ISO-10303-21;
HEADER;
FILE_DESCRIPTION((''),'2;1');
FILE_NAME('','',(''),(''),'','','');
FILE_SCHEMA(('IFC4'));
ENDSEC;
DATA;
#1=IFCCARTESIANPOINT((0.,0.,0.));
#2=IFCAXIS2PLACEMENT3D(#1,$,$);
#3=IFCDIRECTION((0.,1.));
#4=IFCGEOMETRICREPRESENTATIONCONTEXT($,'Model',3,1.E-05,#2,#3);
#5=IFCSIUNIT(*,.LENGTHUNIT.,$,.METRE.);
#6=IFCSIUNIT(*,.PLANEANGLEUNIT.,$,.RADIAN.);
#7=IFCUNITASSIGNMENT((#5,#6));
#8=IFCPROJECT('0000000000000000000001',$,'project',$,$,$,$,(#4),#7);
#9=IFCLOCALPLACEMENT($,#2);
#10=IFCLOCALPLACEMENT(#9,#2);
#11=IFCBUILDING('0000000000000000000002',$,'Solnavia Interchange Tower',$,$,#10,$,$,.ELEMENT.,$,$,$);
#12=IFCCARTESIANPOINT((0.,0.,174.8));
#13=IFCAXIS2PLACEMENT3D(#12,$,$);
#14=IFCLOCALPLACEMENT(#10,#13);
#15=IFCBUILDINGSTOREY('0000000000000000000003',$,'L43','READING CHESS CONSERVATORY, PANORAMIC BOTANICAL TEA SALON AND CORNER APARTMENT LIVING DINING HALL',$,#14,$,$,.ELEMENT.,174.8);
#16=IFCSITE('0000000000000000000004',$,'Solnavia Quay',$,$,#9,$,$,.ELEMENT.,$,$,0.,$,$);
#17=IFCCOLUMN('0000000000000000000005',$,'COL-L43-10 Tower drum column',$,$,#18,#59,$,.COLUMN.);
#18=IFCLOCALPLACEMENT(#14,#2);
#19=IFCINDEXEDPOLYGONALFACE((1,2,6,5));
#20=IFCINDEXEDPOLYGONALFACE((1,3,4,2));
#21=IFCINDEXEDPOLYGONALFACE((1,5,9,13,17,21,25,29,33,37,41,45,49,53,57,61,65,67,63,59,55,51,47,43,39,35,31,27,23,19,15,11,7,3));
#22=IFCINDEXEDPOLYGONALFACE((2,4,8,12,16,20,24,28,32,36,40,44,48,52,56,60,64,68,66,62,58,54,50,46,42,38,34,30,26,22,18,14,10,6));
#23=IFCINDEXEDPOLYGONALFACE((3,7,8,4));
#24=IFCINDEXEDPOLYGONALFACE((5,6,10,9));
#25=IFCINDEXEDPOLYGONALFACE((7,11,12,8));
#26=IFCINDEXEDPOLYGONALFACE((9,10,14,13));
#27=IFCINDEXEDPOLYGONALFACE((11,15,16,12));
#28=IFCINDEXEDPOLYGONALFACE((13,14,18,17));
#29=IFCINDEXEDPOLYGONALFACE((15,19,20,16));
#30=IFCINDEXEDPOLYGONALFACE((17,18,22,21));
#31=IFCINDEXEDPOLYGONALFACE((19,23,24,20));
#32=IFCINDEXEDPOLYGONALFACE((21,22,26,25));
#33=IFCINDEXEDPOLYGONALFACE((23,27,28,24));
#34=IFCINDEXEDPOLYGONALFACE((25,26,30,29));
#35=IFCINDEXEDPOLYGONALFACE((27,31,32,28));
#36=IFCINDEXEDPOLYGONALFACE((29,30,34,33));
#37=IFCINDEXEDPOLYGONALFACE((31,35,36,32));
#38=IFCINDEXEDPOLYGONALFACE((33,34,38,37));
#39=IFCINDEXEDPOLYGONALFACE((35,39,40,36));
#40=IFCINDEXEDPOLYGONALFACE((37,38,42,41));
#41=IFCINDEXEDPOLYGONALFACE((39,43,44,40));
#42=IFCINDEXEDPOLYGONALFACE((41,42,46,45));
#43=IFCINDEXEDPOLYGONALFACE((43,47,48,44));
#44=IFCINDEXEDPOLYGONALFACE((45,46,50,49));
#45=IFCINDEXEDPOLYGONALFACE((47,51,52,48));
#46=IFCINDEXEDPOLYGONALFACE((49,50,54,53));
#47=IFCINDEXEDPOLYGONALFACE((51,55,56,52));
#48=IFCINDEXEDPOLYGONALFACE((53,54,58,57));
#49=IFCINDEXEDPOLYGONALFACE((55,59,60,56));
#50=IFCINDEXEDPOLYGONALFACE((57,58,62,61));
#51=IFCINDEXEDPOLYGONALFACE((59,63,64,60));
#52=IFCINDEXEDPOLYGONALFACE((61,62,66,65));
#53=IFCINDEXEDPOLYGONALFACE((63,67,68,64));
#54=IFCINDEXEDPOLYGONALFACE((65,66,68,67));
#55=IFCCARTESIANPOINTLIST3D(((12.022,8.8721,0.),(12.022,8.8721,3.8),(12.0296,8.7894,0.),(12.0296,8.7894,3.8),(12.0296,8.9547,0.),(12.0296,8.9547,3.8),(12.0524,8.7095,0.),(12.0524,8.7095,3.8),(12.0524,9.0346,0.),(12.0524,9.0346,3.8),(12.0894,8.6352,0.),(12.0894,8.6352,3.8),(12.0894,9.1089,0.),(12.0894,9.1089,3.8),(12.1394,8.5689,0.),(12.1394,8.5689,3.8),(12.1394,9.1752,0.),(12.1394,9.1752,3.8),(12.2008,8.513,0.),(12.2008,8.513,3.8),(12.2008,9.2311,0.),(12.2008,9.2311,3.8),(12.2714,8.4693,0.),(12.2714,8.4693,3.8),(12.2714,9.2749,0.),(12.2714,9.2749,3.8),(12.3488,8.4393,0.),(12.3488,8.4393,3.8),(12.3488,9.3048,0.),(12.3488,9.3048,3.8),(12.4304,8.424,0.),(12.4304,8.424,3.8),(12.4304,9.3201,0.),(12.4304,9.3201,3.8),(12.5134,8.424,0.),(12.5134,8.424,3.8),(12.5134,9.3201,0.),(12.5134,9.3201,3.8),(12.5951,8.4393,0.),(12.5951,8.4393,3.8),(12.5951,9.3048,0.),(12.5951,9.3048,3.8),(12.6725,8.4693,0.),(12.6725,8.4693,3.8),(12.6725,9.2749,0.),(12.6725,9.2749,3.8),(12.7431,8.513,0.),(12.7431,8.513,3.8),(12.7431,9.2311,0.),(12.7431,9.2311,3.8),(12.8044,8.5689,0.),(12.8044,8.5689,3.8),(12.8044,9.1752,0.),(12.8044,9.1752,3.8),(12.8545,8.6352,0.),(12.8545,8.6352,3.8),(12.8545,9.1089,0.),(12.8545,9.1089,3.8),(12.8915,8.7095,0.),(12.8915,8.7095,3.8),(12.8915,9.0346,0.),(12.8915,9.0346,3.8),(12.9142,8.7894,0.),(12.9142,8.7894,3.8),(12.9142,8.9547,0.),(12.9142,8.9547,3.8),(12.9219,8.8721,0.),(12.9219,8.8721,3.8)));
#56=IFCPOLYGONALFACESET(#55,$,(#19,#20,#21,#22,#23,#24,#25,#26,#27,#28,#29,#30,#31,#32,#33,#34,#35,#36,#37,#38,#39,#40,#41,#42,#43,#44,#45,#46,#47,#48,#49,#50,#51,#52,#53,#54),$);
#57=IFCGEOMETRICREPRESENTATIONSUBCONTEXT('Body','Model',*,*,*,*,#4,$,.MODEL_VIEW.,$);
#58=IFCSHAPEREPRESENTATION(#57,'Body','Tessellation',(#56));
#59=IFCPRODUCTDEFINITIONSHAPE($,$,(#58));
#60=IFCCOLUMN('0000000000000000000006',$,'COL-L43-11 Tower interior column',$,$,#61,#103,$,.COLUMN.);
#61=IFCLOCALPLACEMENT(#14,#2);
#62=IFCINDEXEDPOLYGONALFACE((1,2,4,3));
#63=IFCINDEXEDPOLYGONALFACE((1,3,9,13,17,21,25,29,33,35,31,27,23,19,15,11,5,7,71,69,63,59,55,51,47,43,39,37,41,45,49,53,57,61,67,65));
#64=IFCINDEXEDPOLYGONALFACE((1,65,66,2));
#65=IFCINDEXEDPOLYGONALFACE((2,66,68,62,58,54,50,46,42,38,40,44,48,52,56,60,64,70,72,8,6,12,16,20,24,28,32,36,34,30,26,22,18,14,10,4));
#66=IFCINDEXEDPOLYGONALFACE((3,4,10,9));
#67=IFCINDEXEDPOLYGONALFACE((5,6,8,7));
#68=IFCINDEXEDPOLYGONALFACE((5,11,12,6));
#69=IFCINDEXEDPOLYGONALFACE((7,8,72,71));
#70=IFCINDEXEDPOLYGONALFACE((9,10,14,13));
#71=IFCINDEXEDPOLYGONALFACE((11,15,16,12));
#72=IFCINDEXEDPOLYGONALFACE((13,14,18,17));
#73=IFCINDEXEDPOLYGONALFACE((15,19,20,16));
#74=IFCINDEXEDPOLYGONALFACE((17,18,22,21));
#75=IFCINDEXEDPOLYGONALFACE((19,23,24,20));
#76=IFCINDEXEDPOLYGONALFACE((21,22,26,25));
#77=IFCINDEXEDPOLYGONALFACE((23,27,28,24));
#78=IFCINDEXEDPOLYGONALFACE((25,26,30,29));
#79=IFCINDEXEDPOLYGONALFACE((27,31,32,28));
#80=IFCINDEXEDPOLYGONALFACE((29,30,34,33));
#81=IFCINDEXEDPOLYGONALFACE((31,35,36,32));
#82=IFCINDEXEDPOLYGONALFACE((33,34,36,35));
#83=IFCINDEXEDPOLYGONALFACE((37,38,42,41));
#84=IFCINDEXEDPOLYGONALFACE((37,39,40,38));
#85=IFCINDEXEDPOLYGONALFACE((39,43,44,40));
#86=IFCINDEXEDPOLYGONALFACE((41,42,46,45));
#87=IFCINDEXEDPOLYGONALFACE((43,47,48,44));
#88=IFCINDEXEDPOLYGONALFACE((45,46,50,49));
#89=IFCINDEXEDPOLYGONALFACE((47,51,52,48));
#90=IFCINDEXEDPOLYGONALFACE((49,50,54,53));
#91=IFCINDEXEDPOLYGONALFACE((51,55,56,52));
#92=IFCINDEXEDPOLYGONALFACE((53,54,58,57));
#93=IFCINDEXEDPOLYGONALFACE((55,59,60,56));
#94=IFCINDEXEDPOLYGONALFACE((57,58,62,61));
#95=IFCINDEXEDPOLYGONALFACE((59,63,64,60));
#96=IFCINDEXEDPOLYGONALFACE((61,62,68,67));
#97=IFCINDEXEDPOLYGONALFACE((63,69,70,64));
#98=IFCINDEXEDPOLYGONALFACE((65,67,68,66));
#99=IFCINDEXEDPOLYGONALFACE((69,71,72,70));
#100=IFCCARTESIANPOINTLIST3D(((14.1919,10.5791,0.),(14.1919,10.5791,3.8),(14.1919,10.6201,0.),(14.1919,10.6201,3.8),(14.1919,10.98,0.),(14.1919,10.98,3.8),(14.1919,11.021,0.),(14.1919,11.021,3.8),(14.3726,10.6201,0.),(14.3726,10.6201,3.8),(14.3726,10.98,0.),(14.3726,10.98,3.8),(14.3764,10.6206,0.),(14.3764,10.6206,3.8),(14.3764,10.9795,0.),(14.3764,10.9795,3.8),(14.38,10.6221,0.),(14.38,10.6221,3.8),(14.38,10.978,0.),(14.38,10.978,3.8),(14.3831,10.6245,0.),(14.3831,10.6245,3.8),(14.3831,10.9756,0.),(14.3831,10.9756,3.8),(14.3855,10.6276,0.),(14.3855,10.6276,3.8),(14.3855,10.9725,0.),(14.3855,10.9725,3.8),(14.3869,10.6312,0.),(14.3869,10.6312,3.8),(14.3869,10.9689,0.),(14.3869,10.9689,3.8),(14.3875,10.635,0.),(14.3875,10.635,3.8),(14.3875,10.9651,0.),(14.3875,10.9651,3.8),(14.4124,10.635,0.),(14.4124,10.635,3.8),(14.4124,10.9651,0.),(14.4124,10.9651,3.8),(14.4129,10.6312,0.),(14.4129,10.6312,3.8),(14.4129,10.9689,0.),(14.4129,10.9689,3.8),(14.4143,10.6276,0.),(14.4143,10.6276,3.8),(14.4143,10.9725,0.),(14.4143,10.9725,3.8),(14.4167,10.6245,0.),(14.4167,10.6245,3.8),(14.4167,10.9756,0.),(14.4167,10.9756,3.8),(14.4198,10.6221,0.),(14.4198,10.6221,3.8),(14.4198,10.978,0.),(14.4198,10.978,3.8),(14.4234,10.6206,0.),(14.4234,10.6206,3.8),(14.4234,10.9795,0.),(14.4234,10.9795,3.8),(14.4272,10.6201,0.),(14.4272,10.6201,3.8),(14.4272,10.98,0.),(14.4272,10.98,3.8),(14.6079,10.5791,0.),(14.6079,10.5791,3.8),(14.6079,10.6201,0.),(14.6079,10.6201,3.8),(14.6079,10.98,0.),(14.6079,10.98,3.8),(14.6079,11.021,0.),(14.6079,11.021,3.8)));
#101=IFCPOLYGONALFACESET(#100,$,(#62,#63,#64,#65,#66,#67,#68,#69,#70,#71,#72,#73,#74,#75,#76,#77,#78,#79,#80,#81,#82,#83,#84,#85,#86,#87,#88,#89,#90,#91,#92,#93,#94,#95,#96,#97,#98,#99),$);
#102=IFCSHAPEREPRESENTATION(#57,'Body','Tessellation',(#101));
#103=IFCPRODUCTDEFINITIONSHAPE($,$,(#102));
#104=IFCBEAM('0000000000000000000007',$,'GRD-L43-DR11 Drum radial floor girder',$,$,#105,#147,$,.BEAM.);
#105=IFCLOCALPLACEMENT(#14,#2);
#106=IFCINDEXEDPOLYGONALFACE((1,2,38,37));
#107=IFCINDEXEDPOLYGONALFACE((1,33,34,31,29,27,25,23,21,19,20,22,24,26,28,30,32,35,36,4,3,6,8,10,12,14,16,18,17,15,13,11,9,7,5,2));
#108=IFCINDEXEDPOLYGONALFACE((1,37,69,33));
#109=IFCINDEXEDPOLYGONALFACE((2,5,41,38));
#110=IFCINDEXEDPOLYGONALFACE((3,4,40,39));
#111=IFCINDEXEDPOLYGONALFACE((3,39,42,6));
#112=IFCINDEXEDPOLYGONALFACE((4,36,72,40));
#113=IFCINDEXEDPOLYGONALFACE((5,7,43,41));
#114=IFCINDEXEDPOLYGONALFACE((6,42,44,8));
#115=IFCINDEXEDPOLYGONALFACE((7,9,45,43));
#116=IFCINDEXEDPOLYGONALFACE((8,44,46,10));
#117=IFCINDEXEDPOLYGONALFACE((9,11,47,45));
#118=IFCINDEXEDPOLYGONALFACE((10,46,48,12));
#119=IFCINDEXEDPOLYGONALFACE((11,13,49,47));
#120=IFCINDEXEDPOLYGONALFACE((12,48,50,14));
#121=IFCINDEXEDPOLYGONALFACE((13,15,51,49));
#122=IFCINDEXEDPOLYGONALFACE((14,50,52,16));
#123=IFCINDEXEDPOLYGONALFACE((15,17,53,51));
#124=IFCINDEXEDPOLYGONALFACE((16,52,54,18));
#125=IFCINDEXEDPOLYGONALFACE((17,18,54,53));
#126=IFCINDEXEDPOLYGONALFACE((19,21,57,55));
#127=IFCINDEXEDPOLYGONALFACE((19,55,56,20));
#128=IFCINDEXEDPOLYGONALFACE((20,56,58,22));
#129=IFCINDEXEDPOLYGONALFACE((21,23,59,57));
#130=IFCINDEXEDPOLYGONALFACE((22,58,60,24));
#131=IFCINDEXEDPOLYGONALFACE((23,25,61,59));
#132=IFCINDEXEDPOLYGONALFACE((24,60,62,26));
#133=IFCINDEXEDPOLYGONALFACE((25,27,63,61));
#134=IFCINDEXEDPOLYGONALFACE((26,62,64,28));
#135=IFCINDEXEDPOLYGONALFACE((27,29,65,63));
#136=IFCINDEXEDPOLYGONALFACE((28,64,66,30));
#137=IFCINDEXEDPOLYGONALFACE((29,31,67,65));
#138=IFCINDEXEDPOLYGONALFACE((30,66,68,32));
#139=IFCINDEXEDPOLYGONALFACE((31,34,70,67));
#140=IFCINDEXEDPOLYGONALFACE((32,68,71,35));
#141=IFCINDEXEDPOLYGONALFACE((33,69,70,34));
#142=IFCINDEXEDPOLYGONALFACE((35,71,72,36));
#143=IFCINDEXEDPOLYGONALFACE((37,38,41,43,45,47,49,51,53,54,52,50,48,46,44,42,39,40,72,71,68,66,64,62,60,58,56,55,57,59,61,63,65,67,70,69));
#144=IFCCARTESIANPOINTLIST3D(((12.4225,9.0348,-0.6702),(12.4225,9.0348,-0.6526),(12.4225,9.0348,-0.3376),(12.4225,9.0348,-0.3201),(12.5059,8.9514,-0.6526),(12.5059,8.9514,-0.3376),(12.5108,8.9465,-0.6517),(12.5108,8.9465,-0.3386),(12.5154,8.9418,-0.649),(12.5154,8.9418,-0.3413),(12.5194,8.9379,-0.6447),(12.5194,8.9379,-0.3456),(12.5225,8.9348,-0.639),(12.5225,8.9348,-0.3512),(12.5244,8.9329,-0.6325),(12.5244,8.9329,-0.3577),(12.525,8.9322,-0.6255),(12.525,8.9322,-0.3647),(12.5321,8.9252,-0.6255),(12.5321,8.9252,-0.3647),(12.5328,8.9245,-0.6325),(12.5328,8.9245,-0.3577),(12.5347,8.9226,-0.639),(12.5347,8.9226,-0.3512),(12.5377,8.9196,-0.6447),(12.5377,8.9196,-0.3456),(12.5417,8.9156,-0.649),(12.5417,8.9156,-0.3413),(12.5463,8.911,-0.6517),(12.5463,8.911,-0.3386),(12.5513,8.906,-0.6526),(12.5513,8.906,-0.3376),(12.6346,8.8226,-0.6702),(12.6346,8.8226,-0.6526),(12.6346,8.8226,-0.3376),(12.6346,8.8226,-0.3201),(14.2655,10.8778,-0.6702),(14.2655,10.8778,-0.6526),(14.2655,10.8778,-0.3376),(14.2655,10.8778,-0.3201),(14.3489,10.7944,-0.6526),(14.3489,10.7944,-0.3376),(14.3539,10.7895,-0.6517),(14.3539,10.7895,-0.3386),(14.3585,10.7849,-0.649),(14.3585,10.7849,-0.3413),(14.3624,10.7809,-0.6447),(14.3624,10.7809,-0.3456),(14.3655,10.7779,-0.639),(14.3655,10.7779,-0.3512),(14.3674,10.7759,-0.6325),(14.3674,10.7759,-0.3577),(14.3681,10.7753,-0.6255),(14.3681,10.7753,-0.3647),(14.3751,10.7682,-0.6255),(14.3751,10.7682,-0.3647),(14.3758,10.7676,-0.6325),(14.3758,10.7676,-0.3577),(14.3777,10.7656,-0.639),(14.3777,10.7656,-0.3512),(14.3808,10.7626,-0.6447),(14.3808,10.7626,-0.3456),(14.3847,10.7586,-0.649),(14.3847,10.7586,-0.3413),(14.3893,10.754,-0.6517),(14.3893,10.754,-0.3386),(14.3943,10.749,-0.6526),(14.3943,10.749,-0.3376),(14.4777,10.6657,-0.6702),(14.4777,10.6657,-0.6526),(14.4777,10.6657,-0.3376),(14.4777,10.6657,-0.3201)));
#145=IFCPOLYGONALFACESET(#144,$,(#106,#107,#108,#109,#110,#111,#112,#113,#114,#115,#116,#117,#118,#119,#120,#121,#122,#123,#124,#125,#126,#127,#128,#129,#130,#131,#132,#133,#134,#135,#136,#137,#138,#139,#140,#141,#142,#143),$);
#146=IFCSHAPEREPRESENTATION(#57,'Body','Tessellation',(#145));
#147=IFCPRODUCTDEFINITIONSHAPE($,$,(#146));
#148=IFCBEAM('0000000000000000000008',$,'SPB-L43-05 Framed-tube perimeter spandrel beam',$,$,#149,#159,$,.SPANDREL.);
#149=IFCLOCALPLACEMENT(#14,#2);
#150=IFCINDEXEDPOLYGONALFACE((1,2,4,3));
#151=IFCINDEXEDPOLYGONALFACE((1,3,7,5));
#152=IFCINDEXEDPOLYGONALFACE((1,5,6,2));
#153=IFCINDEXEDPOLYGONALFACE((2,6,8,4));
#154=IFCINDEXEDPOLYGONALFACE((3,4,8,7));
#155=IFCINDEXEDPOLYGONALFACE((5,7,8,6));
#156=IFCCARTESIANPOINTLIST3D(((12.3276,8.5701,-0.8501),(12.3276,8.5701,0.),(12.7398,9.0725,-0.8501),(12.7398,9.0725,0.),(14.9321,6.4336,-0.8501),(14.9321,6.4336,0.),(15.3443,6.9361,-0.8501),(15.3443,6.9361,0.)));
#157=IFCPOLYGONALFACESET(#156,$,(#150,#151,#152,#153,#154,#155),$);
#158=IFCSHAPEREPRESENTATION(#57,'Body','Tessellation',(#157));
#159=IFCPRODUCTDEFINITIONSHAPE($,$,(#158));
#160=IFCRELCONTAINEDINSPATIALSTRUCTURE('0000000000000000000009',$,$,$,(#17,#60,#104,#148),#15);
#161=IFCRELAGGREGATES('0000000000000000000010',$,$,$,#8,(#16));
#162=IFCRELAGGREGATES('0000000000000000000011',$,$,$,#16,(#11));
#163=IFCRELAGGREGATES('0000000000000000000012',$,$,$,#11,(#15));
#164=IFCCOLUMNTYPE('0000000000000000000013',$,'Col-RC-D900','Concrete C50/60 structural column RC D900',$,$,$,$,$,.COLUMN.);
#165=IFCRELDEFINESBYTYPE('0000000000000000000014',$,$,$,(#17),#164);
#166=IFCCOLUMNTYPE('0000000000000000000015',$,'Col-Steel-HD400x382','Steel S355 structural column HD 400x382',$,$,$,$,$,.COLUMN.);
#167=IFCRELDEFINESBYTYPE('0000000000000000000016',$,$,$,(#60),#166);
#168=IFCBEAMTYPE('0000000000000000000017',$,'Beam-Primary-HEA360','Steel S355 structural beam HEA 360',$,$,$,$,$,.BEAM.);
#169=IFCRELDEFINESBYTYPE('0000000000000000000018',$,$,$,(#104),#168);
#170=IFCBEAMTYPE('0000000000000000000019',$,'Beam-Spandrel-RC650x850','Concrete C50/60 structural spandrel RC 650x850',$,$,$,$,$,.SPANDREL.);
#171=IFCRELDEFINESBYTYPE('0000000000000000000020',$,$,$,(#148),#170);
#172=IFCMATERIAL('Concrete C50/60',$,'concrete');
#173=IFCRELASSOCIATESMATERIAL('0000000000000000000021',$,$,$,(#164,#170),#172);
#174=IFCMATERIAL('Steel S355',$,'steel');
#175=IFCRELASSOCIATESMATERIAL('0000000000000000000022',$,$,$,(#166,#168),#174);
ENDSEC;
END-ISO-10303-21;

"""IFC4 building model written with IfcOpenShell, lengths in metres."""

from ifc_helpers import new_model, si_unit, direction, frame, origin, origin_2d, place, context, subcontext, project, spatial, rectangle, circle, i_section, extrude, material, material_profile, profile_set, type_object, element, save


model = new_model("IFC4")

# Units and contexts
model_context = context("Model", 3, precision=1e-05, world=origin(), true_north=direction((0.0, 1.0)))
body_context = subcontext(model_context, "Body", "Model", "MODEL_VIEW")
ifc_project = project(units=[si_unit("LENGTHUNIT", "METRE"), si_unit("PLANEANGLEUNIT", "RADIAN")], contexts=[model_context])

# Site, building, storey
site_placement = place(None, origin())
site = spatial("IfcSite", under=ifc_project, at=site_placement, Name="Solnavia Quay", CompositionType="ELEMENT", RefElevation=0.0)
building_placement = place(site_placement, origin())
building = spatial("IfcBuilding", under=site, at=building_placement, Name="Solnavia Interchange Tower", CompositionType="ELEMENT")
storey_placement = place(building_placement, frame((0.0, 0.0, 174.8)))
storey = spatial("IfcBuildingStorey", under=building, at=storey_placement, Name="L43", Description="READING CHESS CONSERVATORY, PANORAMIC BOTANICAL TEA SALON AND CORNER APARTMENT LIVING DINING HALL", CompositionType="ELEMENT", Elevation=174.8)

# Columns
ifc_material_1 = material(Name="Concrete C50/60", Category="concrete")
ifc_material_profile_1 = material_profile(ifc_material_1, circle(Radius=0.45, at=origin_2d()), Name="RC D900")
ifc_profile_set_1 = profile_set([ifc_material_profile_1], Name="Concrete C50/60")
column_type_1 = type_object("IfcColumnType", Name="Col-RC-D900", Description="Concrete C50/60 structural column RC D900", PredefinedType="COLUMN", material=ifc_profile_set_1)
column_1_placement = place(storey_placement, frame((12.4719, 8.8721, 0.0), z_axis=(0.0, 0.0, 1.0), x_axis=(1.0, 0.0, 0.0)))
element("IfcColumn", 1, at=column_1_placement, inside=storey, type_object=column_type_1, Name="COL-L43-10 Tower drum column", PredefinedType="COLUMN", context=body_context, shape_type="SweptSolid", body=[
    extrude(circle(Radius=0.45, at=origin_2d()), origin(), (0.0, 0.0, 1.0), 3.8),
])
ifc_material_2 = material(Name="Steel S355", Category="steel")
ifc_material_profile_2 = material_profile(ifc_material_2, i_section(OverallWidth=0.416, OverallDepth=0.4419, WebThickness=0.0249, FlangeThickness=0.041, FilletRadius=0.0149, at=origin_2d()), Name="HD 400x382")
ifc_profile_set_2 = profile_set([ifc_material_profile_2], Name="Steel S355")
column_type_2 = type_object("IfcColumnType", Name="Col-Steel-HD400x382", Description="Steel S355 structural column HD 400x382", PredefinedType="COLUMN", material=ifc_profile_set_2)
column_2_placement = place(storey_placement, frame((14.3999, 10.8, 0.0), z_axis=(0.0, 0.0, 1.0), x_axis=(1.0, 0.0, 0.0)))
element("IfcColumn", 2, at=column_2_placement, inside=storey, type_object=column_type_2, Name="COL-L43-11 Tower interior column", PredefinedType="COLUMN", context=body_context, shape_type="SweptSolid", body=[
    extrude(i_section(OverallWidth=0.416, OverallDepth=0.4419, WebThickness=0.0249, FlangeThickness=0.041, FilletRadius=0.0149, at=origin_2d()), origin(), (0.0, 0.0, 1.0), 3.8),
])

# Beams
ifc_material_profile_3 = material_profile(ifc_material_2, i_section(OverallWidth=0.3, OverallDepth=0.3501, WebThickness=0.01, FlangeThickness=0.0176, FilletRadius=0.0271, at=origin_2d()), Name="HEA 360")
ifc_profile_set_3 = profile_set([ifc_material_profile_3], Name="Steel S355")
beam_type_1 = type_object("IfcBeamType", Name="Beam-Primary-HEA360", Description="Steel S355 structural beam HEA 360", PredefinedType="BEAM", material=ifc_profile_set_3)
beam_1_placement = place(storey_placement, frame((12.5286, 8.9287, -0.4951), z_axis=(0.707107, 0.707107, 0.0), x_axis=(-0.707107, 0.707107, 0.0)))
element("IfcBeam", 3, at=beam_1_placement, inside=storey, type_object=beam_type_1, Name="GRD-L43-DR11 Drum radial floor girder", PredefinedType="BEAM", context=body_context, shape_type="SweptSolid", body=[
    extrude(i_section(OverallWidth=0.3, OverallDepth=0.3501, WebThickness=0.01, FlangeThickness=0.0176, FilletRadius=0.0271, at=origin_2d()), origin(), (0.0, 0.0, 1.0), 2.6064),
])
ifc_material_profile_4 = material_profile(ifc_material_1, rectangle(XDim=0.6499, YDim=0.8501, at=origin_2d()), Name="RC 650x850")
ifc_profile_set_4 = profile_set([ifc_material_profile_4], Name="Concrete C50/60")
beam_type_2 = type_object("IfcBeamType", Name="Beam-Spandrel-RC650x850", Description="Concrete C50/60 structural spandrel RC 650x850", PredefinedType="SPANDREL", material=ifc_profile_set_4)
beam_2_placement = place(storey_placement, frame((12.5337, 8.8213, -0.425), z_axis=(0.773153, -0.63422, 0.0), x_axis=(0.63422, 0.773153, 0.0)))
element("IfcBeam", 4, at=beam_2_placement, inside=storey, type_object=beam_type_2, Name="SPB-L43-05 Framed-tube perimeter spandrel beam", PredefinedType="SPANDREL", context=body_context, shape_type="SweptSolid", body=[
    extrude(rectangle(XDim=0.6499, YDim=0.8501, at=origin_2d()), origin(), (0.0, 0.0, 1.0), 3.3687),
])

save(model, "model.ifc")
